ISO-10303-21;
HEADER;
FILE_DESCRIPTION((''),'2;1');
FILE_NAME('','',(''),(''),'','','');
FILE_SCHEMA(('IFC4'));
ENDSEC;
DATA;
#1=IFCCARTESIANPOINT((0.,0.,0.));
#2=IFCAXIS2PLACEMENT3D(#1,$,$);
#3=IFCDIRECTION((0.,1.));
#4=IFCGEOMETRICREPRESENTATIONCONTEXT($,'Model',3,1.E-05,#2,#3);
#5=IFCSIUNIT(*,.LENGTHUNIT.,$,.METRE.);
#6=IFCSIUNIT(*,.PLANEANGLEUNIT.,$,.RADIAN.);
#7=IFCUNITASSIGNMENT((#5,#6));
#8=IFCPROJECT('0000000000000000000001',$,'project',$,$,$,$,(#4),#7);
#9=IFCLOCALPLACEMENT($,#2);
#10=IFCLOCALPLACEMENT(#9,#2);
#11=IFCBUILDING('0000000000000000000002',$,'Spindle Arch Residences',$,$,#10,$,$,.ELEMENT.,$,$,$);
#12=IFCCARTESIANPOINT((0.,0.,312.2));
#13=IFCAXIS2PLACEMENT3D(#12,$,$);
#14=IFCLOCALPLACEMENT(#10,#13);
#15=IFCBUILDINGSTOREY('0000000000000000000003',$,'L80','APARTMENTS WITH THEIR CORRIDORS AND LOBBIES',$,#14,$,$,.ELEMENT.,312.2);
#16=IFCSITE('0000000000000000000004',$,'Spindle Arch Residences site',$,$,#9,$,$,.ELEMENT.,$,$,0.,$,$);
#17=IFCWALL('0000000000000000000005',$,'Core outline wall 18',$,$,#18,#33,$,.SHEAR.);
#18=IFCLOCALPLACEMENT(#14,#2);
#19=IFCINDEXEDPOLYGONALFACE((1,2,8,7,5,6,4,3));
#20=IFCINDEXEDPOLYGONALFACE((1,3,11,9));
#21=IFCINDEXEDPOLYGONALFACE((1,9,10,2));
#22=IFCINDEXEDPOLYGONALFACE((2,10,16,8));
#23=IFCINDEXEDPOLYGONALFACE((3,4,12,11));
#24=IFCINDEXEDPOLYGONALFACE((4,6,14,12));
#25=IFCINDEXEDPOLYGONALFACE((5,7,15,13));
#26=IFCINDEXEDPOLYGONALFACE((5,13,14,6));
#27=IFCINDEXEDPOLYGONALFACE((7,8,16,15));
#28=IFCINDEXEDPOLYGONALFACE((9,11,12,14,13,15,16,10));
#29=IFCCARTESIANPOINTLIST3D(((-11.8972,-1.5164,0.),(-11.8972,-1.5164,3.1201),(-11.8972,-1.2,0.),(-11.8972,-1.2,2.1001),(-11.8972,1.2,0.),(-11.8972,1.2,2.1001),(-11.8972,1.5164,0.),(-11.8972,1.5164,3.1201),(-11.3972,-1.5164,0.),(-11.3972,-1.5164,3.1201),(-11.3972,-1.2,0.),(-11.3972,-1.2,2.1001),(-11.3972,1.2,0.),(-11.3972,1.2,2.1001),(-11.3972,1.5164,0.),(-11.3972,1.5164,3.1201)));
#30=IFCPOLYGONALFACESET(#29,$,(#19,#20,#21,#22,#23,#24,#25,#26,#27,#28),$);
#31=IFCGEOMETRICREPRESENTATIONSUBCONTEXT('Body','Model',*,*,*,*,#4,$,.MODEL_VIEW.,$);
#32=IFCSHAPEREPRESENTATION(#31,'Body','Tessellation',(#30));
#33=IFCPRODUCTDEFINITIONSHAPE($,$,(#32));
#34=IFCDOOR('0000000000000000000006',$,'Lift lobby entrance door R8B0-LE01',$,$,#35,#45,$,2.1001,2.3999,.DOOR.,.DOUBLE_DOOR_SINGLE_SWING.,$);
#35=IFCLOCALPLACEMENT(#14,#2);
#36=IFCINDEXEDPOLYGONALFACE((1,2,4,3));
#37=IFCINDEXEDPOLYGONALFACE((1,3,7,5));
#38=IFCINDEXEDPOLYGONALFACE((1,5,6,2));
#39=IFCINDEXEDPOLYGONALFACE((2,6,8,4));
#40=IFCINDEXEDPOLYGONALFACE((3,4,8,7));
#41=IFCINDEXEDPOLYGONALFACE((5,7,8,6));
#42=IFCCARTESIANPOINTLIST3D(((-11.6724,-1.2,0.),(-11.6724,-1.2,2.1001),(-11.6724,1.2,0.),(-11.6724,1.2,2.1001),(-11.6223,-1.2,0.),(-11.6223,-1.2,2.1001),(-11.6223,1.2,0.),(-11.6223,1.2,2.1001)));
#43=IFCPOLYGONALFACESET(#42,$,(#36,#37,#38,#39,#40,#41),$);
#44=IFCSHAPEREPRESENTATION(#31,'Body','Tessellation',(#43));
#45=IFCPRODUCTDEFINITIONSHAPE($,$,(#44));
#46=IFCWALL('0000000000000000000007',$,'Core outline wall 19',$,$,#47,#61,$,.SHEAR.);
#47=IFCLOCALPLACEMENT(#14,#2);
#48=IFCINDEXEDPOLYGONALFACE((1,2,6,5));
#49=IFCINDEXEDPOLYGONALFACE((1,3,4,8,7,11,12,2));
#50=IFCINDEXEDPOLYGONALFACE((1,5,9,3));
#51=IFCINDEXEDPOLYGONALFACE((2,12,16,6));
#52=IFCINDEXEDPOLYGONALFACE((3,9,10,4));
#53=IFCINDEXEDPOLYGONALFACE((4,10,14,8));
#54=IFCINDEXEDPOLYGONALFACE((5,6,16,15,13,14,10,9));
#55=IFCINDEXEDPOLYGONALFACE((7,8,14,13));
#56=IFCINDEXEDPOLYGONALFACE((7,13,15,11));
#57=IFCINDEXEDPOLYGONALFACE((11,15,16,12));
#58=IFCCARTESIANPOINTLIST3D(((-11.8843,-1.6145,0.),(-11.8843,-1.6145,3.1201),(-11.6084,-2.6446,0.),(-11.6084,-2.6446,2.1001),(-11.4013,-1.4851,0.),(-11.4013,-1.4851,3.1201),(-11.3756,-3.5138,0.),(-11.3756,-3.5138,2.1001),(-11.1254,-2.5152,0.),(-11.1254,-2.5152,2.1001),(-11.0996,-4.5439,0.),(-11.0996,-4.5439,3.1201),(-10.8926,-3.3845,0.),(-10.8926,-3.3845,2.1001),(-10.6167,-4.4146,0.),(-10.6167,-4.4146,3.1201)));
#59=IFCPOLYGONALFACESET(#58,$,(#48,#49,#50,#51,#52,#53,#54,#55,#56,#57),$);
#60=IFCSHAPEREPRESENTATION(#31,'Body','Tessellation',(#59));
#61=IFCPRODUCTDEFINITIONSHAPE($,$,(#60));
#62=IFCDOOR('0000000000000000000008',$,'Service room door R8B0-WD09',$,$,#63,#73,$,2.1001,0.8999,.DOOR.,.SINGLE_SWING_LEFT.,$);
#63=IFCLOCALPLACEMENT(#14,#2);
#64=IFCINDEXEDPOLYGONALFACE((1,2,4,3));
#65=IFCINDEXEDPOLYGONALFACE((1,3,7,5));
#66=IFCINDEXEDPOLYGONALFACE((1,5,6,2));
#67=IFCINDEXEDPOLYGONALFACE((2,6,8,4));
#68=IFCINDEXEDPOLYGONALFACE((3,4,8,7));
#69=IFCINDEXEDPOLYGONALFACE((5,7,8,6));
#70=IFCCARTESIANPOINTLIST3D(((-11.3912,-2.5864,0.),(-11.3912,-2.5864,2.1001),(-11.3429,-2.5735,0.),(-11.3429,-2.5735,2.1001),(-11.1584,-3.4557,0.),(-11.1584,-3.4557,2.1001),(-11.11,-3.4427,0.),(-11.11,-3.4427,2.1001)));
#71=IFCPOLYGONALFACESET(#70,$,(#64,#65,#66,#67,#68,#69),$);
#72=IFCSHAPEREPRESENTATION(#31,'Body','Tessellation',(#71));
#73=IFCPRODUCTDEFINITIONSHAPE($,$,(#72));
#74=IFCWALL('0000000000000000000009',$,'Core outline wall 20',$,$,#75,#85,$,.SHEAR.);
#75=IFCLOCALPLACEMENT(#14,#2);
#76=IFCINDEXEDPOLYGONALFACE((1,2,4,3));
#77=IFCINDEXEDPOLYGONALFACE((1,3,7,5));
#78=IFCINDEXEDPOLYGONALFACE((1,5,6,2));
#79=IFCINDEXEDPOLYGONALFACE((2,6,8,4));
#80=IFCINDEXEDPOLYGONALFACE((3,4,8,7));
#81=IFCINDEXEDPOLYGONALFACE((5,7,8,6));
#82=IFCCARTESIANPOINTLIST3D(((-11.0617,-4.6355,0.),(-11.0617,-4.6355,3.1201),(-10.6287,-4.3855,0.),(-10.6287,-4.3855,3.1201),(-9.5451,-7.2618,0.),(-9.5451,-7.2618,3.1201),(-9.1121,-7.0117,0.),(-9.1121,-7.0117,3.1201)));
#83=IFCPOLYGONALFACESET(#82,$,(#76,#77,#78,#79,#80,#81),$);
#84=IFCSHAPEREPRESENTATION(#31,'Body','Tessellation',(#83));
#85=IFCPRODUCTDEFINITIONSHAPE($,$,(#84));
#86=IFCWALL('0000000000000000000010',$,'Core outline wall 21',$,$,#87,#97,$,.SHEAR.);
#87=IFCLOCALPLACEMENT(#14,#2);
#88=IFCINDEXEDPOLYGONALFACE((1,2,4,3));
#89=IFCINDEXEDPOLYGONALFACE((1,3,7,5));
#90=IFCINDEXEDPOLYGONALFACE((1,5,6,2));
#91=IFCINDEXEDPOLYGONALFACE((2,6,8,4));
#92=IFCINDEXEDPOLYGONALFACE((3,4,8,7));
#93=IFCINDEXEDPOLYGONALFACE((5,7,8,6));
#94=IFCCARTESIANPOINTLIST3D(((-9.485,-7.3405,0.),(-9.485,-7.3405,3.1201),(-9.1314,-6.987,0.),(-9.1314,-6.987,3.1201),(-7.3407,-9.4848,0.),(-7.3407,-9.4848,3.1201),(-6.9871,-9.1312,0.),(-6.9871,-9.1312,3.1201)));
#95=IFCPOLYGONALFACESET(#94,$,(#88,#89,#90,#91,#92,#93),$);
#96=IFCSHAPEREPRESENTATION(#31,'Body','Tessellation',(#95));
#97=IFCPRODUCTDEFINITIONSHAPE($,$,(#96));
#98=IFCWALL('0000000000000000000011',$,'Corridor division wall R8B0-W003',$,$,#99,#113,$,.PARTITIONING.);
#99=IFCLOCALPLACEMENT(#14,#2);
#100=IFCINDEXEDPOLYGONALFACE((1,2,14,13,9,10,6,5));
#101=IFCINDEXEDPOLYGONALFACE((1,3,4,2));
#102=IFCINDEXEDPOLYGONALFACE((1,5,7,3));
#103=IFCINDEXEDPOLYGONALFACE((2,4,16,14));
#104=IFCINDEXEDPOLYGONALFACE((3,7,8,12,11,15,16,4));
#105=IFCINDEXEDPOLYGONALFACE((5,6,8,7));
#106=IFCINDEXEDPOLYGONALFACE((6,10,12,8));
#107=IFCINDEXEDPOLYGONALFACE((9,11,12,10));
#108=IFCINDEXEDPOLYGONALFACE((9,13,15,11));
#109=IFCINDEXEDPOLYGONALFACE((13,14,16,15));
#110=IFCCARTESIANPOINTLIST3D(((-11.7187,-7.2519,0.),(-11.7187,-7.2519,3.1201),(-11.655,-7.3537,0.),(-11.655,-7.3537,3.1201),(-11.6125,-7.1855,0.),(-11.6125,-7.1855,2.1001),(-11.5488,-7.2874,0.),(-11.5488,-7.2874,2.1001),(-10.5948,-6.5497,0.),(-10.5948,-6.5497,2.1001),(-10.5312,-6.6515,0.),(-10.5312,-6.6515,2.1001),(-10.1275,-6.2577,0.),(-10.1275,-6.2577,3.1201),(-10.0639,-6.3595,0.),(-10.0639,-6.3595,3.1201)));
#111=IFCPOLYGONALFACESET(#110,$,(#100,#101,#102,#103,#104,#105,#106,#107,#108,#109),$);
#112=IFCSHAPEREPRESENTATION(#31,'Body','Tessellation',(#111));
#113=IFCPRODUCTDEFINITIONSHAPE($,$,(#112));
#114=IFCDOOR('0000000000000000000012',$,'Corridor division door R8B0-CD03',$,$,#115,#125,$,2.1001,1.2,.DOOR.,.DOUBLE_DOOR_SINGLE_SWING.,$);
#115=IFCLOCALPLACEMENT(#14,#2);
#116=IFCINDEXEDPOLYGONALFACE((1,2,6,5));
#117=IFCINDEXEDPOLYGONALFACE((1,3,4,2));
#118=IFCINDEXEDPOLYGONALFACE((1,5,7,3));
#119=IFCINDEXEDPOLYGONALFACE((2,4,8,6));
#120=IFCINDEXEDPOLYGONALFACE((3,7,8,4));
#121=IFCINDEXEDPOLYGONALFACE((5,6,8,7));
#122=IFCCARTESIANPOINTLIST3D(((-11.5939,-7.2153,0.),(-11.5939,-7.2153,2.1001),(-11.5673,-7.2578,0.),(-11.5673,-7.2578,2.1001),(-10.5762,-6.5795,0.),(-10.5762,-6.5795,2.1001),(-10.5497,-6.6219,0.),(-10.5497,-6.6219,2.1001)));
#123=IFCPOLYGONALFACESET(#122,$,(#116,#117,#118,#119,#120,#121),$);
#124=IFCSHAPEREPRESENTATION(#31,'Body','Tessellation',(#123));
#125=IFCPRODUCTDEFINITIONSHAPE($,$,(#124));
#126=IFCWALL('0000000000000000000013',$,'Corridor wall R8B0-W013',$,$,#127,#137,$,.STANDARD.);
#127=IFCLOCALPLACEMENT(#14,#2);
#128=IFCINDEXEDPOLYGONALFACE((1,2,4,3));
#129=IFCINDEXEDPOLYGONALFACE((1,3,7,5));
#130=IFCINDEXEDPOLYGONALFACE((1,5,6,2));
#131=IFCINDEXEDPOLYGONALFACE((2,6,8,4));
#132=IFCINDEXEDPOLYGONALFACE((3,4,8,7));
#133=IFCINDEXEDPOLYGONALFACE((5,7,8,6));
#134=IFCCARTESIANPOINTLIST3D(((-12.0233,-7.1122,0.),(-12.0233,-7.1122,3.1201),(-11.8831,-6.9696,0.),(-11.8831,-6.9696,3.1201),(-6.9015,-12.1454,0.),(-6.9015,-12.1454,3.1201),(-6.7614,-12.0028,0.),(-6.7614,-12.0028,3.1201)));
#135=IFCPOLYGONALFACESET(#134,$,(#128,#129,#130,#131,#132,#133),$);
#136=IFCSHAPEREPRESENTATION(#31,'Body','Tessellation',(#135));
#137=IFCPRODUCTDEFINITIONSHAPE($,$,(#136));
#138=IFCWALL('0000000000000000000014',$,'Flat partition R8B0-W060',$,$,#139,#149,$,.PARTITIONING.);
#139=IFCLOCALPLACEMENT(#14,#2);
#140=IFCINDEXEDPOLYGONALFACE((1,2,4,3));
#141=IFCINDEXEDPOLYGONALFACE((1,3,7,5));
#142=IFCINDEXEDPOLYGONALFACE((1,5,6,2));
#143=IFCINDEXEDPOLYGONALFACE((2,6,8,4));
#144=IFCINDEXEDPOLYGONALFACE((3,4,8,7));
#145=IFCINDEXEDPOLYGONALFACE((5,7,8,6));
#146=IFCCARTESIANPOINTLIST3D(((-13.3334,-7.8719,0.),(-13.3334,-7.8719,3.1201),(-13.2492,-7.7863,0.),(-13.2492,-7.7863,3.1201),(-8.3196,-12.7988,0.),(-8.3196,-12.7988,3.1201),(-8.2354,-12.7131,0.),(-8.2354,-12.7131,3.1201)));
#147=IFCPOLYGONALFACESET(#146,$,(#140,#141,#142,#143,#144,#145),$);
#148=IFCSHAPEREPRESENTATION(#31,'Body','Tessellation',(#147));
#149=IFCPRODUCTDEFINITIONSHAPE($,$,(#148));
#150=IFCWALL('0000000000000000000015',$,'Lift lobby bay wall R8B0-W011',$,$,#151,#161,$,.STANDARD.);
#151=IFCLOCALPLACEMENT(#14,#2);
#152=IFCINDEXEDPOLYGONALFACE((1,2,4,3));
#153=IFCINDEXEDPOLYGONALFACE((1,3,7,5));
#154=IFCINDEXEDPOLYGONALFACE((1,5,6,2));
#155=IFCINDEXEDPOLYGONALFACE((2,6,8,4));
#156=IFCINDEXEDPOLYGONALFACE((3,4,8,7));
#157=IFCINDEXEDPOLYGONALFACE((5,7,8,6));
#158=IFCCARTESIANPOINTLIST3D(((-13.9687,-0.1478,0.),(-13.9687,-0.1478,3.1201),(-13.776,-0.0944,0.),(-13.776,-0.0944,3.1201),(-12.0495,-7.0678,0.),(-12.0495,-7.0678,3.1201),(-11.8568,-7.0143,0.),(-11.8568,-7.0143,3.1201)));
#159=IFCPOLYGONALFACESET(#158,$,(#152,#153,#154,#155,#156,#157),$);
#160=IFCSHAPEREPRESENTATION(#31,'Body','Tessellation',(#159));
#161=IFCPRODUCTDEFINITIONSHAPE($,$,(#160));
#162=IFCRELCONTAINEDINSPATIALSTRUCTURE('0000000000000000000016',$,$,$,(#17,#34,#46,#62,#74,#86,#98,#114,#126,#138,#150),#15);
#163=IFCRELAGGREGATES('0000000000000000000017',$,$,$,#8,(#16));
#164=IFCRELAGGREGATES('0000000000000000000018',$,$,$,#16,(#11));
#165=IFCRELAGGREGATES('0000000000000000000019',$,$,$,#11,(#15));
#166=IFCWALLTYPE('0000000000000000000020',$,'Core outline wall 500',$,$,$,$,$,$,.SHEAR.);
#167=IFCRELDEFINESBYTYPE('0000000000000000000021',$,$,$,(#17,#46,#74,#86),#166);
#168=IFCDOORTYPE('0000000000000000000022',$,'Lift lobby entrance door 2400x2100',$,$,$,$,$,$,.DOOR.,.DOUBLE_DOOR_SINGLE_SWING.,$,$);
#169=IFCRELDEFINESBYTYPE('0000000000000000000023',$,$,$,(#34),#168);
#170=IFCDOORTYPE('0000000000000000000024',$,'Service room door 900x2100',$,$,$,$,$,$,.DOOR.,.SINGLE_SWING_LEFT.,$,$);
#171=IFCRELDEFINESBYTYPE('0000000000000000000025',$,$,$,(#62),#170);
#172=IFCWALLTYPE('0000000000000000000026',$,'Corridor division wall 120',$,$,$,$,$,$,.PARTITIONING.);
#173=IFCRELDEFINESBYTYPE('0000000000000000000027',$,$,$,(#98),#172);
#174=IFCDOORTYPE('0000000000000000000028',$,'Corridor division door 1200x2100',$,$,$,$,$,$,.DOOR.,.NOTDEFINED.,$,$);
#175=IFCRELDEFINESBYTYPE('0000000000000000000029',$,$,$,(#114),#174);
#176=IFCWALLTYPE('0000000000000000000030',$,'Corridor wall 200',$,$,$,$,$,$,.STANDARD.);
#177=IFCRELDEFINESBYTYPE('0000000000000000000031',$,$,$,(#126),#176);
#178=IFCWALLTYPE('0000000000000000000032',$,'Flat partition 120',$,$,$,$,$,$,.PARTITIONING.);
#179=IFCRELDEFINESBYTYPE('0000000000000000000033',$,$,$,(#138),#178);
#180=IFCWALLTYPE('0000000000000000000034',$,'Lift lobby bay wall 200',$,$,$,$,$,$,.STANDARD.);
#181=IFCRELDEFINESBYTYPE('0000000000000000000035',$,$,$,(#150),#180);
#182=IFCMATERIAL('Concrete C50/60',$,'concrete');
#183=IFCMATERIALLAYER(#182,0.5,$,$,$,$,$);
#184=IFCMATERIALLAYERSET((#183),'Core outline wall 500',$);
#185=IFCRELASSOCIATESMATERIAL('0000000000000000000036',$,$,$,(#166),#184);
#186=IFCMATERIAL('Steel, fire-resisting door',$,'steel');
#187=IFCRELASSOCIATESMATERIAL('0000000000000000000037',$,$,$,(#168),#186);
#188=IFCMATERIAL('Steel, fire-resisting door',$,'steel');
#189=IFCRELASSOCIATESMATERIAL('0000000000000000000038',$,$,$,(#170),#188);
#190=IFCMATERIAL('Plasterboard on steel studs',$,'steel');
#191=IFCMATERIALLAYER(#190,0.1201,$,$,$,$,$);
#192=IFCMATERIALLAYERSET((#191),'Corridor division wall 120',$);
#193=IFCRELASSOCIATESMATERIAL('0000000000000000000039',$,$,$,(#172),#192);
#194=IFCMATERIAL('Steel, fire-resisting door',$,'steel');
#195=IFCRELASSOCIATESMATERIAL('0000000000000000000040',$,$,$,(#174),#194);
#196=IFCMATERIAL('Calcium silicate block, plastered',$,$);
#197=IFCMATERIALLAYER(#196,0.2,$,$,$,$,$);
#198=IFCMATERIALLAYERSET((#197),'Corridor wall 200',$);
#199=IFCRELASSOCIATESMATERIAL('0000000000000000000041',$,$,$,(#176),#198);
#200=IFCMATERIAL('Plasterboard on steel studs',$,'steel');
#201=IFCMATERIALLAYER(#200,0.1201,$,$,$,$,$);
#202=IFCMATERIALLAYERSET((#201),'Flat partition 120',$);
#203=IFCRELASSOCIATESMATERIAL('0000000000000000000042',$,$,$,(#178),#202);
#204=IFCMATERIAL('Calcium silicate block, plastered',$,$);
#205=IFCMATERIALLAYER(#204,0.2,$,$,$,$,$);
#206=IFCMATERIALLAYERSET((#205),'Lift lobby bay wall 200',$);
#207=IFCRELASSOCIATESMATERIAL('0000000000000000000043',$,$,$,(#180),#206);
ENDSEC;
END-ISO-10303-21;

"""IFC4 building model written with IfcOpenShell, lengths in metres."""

from ifc_helpers import new_model, si_unit, direction, frame, frame_2d, origin, place, context, subcontext, project, spatial, rectangle, extrude, material, layer, layer_set, type_object, element, fill, save


model = new_model("IFC4")

# Units and contexts
model_context = context("Model", 3, precision=1e-05, world=origin(), true_north=direction((0.0, 1.0)))
body_context = subcontext(model_context, "Body", "Model", "MODEL_VIEW")
ifc_project = project(units=[si_unit("LENGTHUNIT", "METRE"), si_unit("PLANEANGLEUNIT", "RADIAN")], contexts=[model_context])

# Site, building, storey
site_placement = place(None, origin())
site = spatial("IfcSite", under=ifc_project, at=site_placement, Name="Spindle Arch Residences site", CompositionType="ELEMENT", RefElevation=0.0)
building_placement = place(site_placement, origin())
building = spatial("IfcBuilding", under=site, at=building_placement, Name="Spindle Arch Residences", CompositionType="ELEMENT")
storey_placement = place(building_placement, frame((0.0, 0.0, 312.2)))
storey = spatial("IfcBuildingStorey", under=building, at=storey_placement, Name="L80", Description="APARTMENTS WITH THEIR CORRIDORS AND LOBBIES", CompositionType="ELEMENT", Elevation=312.2)

# Walls, openings, doors
ifc_material_1 = material(Name="Concrete C50/60", Category="concrete")
ifc_layer_1 = layer(ifc_material_1, 0.5)
ifc_layer_set_1 = layer_set([ifc_layer_1], Name="Core outline wall 500")
wall_type_1 = type_object("IfcWallType", Name="Core outline wall 500", PredefinedType="SHEAR", material=ifc_layer_set_1)
wall_1_placement = place(storey_placement, frame((-11.6472, 1.5164, 0.0), z_axis=(0.0, 0.0, 1.0), x_axis=(0.0, -1.0, 0.0)))
wall_1 = element("IfcWall", 1, at=wall_1_placement, inside=storey, type_object=wall_type_1, Name="Core outline wall 18", PredefinedType="SHEAR", context=body_context, shape_type="SweptSolid", body=[
    extrude(rectangle(XDim=3.0327, YDim=0.5, at=frame_2d((1.5164, 0.0))), origin(), (0.0, 0.0, 1.0), 3.1201),
])
opening_1_placement = place(wall_1_placement, frame((0.3164, 0.0, 0.0)))
opening_1 = element("IfcOpeningElement", 2, at=opening_1_placement, cuts=wall_1, PredefinedType="OPENING", context=body_context, shape_type="SweptSolid", body=[
    extrude(rectangle(XDim=2.3999, YDim=2.1001, at=frame_2d((1.2, 1.05))), frame((0.0, 0.26, 0.0), z_axis=(0.0, -1.0, 0.0), x_axis=(1.0, 0.0, 0.0)), (0.0, 0.0, 1.0), 0.52),
])
ifc_material_2 = material(Name="Steel, fire-resisting door", Category="steel")
door_type_1 = type_object("IfcDoorType", Name="Lift lobby entrance door 2400x2100", OperationType="DOUBLE_DOOR_SINGLE_SWING", PredefinedType="DOOR", material=ifc_material_2)
door_1_placement = place(opening_1_placement, origin())
door_1 = element("IfcDoor", 3, at=door_1_placement, inside=storey, type_object=door_type_1, Name="Lift lobby entrance door R8B0-LE01", OperationType="DOUBLE_DOOR_SINGLE_SWING", OverallHeight=2.1001, OverallWidth=2.3999, PredefinedType="DOOR", context=body_context, shape_type="SweptSolid", body=[
    extrude(rectangle(XDim=2.3999, YDim=2.1001, at=frame_2d((1.2, 1.05))), frame((0.0, 0.0249, 0.0), z_axis=(0.0, -1.0, 0.0), x_axis=(1.0, 0.0, 0.0)), (0.0, 0.0, 1.0), 0.05),
])
fill(opening_1, door_1)
wall_2_placement = place(storey_placement, frame((-11.6428, -1.5498, 0.0), z_axis=(0.0, 0.0, 1.0), x_axis=(0.258735, -0.965948, 0.0)))
wall_2 = element("IfcWall", 4, at=wall_2_placement, inside=storey, type_object=wall_type_1, Name="Core outline wall 19", PredefinedType="SHEAR", context=body_context, shape_type="SweptSolid", body=[
    extrude(rectangle(XDim=3.0327, YDim=0.5, at=frame_2d((1.5164, 0.0))), origin(), (0.0, 0.0, 1.0), 3.1201),
])
opening_2_placement = place(wall_2_placement, frame((1.0664, 0.0, 0.0)))
opening_2 = element("IfcOpeningElement", 5, at=opening_2_placement, cuts=wall_2, PredefinedType="OPENING", context=body_context, shape_type="SweptSolid", body=[
    extrude(rectangle(XDim=0.8999, YDim=2.1001, at=frame_2d((0.45, 1.05))), frame((0.0, 0.26, 0.0), z_axis=(0.0, -1.0, 0.0), x_axis=(1.0, 0.0, 0.0)), (0.0, 0.0, 1.0), 0.52),
])
ifc_material_3 = material(Name="Steel, fire-resisting door", Category="steel")
door_type_2 = type_object("IfcDoorType", Name="Service room door 900x2100", OperationType="SINGLE_SWING_LEFT", PredefinedType="DOOR", material=ifc_material_3)
door_2_placement = place(opening_2_placement, origin())
door_2 = element("IfcDoor", 6, at=door_2_placement, inside=storey, type_object=door_type_2, Name="Service room door R8B0-WD09", OperationType="SINGLE_SWING_LEFT", OverallHeight=2.1001, OverallWidth=0.8999, PredefinedType="DOOR", context=body_context, shape_type="SweptSolid", body=[
    extrude(rectangle(XDim=0.8999, YDim=2.1001, at=frame_2d((0.45, 1.05))), frame((0.0, 0.0249, 0.0), z_axis=(0.0, -1.0, 0.0), x_axis=(1.0, 0.0, 0.0)), (0.0, 0.0, 1.0), 0.05),
])
fill(opening_2, door_2)

# Walls
wall_3_placement = place(storey_placement, frame((-10.8452, -4.5105, 0.0), z_axis=(0.0, 0.0, 1.0), x_axis=(0.500087, -0.865975, 0.0)))
element("IfcWall", 7, at=wall_3_placement, inside=storey, type_object=wall_type_1, Name="Core outline wall 20", PredefinedType="SHEAR", context=body_context, shape_type="SweptSolid", body=[
    extrude(rectangle(XDim=3.0327, YDim=0.5, at=frame_2d((1.5164, 0.0))), origin(), (0.0, 0.0, 1.0), 3.1201),
])
wall_4_placement = place(storey_placement, frame((-9.3081, -7.1638, 0.0), z_axis=(0.0, 0.0, 1.0), x_axis=(0.707107, -0.707107, 0.0)))
element("IfcWall", 8, at=wall_4_placement, inside=storey, type_object=wall_type_1, Name="Core outline wall 21", PredefinedType="SHEAR", context=body_context, shape_type="SweptSolid", body=[
    extrude(rectangle(XDim=3.0325, YDim=0.5, at=frame_2d((1.5161, 0.0))), origin(), (0.0, 0.0, 1.0), 3.1201),
])

# Wall, opening, door
ifc_material_4 = material(Name="Plasterboard on steel studs", Category="steel")
ifc_layer_2 = layer(ifc_material_4, 0.1201)
ifc_layer_set_2 = layer_set([ifc_layer_2], Name="Corridor division wall 120")
wall_type_2 = type_object("IfcWallType", Name="Corridor division wall 120", PredefinedType="PARTITIONING", material=ifc_layer_set_2)
wall_5_placement = place(storey_placement, frame((-11.6868, -7.3027, 0.0), z_axis=(0.0, 0.0, 1.0), x_axis=(0.848064, 0.529894, 0.0)))
wall_5 = element("IfcWall", 9, at=wall_5_placement, inside=storey, type_object=wall_type_2, Name="Corridor division wall R8B0-W003", PredefinedType="PARTITIONING", context=body_context, shape_type="SweptSolid", body=[
    extrude(rectangle(XDim=1.8762, YDim=0.1201, at=frame_2d((0.938, 0.0))), origin(), (0.0, 0.0, 1.0), 3.1201),
])
opening_3_placement = place(wall_5_placement, frame((0.125, 0.0, 0.0)))
opening_3 = element("IfcOpeningElement", 10, at=opening_3_placement, cuts=wall_5, PredefinedType="OPENING", context=body_context, shape_type="SweptSolid", body=[
    extrude(rectangle(XDim=1.2, YDim=2.1001, at=frame_2d((0.6001, 1.05))), frame((0.0, 0.0701, 0.0), z_axis=(0.0, -1.0, 0.0), x_axis=(1.0, 0.0, 0.0)), (0.0, 0.0, 1.0), 0.1401),
])
ifc_material_5 = material(Name="Steel, fire-resisting door", Category="steel")
door_type_3 = type_object("IfcDoorType", Name="Corridor division door 1200x2100", OperationType="NOTDEFINED", PredefinedType="DOOR", material=ifc_material_5)
door_3_placement = place(opening_3_placement, origin())
door_3 = element("IfcDoor", 11, at=door_3_placement, inside=storey, type_object=door_type_3, Name="Corridor division door R8B0-CD03", OperationType="DOUBLE_DOOR_SINGLE_SWING", OverallHeight=2.1001, OverallWidth=1.2, PredefinedType="DOOR", context=body_context, shape_type="SweptSolid", body=[
    extrude(rectangle(XDim=1.2, YDim=2.1001, at=frame_2d((0.6001, 1.05))), frame((0.0, 0.0249, 0.0), z_axis=(0.0, -1.0, 0.0), x_axis=(1.0, 0.0, 0.0)), (0.0, 0.0, 1.0), 0.05),
])
fill(opening_3, door_3)

# Walls
ifc_material_6 = material(Name="Calcium silicate block, plastered")
ifc_layer_3 = layer(ifc_material_6, 0.2)
ifc_layer_set_3 = layer_set([ifc_layer_3], Name="Corridor wall 200")
wall_type_3 = type_object("IfcWallType", Name="Corridor wall 200", PredefinedType="STANDARD", material=ifc_layer_set_3)
wall_6_placement = place(storey_placement, frame((-11.9531, -7.041, 0.0), z_axis=(0.0, 0.0, 1.0), x_axis=(0.713251, -0.700909, 0.0)))
element("IfcWall", 12, at=wall_6_placement, inside=storey, type_object=wall_type_3, Name="Corridor wall R8B0-W013", PredefinedType="STANDARD", context=body_context, shape_type="SweptSolid", body=[
    extrude(rectangle(XDim=7.1809, YDim=0.2, at=frame_2d((3.5903, 0.0))), origin(), (0.0, 0.0, 1.0), 3.1201),
])
ifc_material_7 = material(Name="Plasterboard on steel studs", Category="steel")
ifc_layer_4 = layer(ifc_material_7, 0.1201)
ifc_layer_set_4 = layer_set([ifc_layer_4], Name="Flat partition 120")
wall_type_4 = type_object("IfcWallType", Name="Flat partition 120", PredefinedType="PARTITIONING", material=ifc_layer_set_4)
wall_7_placement = place(storey_placement, frame((-13.2913, -7.8291, 0.0), z_axis=(0.0, 0.0, 1.0), x_axis=(0.713262, -0.700897, 0.0)))
element("IfcWall", 13, at=wall_7_placement, inside=storey, type_object=wall_type_4, Name="Flat partition R8B0-W060", PredefinedType="PARTITIONING", context=body_context, shape_type="SweptSolid", body=[
    extrude(rectangle(XDim=7.0293, YDim=0.1201, at=frame_2d((3.5146, 0.0))), origin(), (0.0, 0.0, 1.0), 3.1201),
])
ifc_material_8 = material(Name="Calcium silicate block, plastered")
ifc_layer_5 = layer(ifc_material_8, 0.2)
ifc_layer_set_5 = layer_set([ifc_layer_5], Name="Lift lobby bay wall 200")
wall_type_5 = type_object("IfcWallType", Name="Lift lobby bay wall 200", PredefinedType="STANDARD", material=ifc_layer_set_5)
wall_8_placement = place(storey_placement, frame((-13.8723, -0.1211, 0.0), z_axis=(0.0, 0.0, 1.0), x_axis=(0.267255, -0.963626, 0.0)))
element("IfcWall", 14, at=wall_8_placement, inside=storey, type_object=wall_type_5, Name="Lift lobby bay wall R8B0-W011", PredefinedType="STANDARD", context=body_context, shape_type="SweptSolid", body=[
    extrude(rectangle(XDim=7.1812, YDim=0.2, at=frame_2d((3.5906, 0.0))), origin(), (0.0, 0.0, 1.0), 3.1201),
])

save(model, "model.ifc")
